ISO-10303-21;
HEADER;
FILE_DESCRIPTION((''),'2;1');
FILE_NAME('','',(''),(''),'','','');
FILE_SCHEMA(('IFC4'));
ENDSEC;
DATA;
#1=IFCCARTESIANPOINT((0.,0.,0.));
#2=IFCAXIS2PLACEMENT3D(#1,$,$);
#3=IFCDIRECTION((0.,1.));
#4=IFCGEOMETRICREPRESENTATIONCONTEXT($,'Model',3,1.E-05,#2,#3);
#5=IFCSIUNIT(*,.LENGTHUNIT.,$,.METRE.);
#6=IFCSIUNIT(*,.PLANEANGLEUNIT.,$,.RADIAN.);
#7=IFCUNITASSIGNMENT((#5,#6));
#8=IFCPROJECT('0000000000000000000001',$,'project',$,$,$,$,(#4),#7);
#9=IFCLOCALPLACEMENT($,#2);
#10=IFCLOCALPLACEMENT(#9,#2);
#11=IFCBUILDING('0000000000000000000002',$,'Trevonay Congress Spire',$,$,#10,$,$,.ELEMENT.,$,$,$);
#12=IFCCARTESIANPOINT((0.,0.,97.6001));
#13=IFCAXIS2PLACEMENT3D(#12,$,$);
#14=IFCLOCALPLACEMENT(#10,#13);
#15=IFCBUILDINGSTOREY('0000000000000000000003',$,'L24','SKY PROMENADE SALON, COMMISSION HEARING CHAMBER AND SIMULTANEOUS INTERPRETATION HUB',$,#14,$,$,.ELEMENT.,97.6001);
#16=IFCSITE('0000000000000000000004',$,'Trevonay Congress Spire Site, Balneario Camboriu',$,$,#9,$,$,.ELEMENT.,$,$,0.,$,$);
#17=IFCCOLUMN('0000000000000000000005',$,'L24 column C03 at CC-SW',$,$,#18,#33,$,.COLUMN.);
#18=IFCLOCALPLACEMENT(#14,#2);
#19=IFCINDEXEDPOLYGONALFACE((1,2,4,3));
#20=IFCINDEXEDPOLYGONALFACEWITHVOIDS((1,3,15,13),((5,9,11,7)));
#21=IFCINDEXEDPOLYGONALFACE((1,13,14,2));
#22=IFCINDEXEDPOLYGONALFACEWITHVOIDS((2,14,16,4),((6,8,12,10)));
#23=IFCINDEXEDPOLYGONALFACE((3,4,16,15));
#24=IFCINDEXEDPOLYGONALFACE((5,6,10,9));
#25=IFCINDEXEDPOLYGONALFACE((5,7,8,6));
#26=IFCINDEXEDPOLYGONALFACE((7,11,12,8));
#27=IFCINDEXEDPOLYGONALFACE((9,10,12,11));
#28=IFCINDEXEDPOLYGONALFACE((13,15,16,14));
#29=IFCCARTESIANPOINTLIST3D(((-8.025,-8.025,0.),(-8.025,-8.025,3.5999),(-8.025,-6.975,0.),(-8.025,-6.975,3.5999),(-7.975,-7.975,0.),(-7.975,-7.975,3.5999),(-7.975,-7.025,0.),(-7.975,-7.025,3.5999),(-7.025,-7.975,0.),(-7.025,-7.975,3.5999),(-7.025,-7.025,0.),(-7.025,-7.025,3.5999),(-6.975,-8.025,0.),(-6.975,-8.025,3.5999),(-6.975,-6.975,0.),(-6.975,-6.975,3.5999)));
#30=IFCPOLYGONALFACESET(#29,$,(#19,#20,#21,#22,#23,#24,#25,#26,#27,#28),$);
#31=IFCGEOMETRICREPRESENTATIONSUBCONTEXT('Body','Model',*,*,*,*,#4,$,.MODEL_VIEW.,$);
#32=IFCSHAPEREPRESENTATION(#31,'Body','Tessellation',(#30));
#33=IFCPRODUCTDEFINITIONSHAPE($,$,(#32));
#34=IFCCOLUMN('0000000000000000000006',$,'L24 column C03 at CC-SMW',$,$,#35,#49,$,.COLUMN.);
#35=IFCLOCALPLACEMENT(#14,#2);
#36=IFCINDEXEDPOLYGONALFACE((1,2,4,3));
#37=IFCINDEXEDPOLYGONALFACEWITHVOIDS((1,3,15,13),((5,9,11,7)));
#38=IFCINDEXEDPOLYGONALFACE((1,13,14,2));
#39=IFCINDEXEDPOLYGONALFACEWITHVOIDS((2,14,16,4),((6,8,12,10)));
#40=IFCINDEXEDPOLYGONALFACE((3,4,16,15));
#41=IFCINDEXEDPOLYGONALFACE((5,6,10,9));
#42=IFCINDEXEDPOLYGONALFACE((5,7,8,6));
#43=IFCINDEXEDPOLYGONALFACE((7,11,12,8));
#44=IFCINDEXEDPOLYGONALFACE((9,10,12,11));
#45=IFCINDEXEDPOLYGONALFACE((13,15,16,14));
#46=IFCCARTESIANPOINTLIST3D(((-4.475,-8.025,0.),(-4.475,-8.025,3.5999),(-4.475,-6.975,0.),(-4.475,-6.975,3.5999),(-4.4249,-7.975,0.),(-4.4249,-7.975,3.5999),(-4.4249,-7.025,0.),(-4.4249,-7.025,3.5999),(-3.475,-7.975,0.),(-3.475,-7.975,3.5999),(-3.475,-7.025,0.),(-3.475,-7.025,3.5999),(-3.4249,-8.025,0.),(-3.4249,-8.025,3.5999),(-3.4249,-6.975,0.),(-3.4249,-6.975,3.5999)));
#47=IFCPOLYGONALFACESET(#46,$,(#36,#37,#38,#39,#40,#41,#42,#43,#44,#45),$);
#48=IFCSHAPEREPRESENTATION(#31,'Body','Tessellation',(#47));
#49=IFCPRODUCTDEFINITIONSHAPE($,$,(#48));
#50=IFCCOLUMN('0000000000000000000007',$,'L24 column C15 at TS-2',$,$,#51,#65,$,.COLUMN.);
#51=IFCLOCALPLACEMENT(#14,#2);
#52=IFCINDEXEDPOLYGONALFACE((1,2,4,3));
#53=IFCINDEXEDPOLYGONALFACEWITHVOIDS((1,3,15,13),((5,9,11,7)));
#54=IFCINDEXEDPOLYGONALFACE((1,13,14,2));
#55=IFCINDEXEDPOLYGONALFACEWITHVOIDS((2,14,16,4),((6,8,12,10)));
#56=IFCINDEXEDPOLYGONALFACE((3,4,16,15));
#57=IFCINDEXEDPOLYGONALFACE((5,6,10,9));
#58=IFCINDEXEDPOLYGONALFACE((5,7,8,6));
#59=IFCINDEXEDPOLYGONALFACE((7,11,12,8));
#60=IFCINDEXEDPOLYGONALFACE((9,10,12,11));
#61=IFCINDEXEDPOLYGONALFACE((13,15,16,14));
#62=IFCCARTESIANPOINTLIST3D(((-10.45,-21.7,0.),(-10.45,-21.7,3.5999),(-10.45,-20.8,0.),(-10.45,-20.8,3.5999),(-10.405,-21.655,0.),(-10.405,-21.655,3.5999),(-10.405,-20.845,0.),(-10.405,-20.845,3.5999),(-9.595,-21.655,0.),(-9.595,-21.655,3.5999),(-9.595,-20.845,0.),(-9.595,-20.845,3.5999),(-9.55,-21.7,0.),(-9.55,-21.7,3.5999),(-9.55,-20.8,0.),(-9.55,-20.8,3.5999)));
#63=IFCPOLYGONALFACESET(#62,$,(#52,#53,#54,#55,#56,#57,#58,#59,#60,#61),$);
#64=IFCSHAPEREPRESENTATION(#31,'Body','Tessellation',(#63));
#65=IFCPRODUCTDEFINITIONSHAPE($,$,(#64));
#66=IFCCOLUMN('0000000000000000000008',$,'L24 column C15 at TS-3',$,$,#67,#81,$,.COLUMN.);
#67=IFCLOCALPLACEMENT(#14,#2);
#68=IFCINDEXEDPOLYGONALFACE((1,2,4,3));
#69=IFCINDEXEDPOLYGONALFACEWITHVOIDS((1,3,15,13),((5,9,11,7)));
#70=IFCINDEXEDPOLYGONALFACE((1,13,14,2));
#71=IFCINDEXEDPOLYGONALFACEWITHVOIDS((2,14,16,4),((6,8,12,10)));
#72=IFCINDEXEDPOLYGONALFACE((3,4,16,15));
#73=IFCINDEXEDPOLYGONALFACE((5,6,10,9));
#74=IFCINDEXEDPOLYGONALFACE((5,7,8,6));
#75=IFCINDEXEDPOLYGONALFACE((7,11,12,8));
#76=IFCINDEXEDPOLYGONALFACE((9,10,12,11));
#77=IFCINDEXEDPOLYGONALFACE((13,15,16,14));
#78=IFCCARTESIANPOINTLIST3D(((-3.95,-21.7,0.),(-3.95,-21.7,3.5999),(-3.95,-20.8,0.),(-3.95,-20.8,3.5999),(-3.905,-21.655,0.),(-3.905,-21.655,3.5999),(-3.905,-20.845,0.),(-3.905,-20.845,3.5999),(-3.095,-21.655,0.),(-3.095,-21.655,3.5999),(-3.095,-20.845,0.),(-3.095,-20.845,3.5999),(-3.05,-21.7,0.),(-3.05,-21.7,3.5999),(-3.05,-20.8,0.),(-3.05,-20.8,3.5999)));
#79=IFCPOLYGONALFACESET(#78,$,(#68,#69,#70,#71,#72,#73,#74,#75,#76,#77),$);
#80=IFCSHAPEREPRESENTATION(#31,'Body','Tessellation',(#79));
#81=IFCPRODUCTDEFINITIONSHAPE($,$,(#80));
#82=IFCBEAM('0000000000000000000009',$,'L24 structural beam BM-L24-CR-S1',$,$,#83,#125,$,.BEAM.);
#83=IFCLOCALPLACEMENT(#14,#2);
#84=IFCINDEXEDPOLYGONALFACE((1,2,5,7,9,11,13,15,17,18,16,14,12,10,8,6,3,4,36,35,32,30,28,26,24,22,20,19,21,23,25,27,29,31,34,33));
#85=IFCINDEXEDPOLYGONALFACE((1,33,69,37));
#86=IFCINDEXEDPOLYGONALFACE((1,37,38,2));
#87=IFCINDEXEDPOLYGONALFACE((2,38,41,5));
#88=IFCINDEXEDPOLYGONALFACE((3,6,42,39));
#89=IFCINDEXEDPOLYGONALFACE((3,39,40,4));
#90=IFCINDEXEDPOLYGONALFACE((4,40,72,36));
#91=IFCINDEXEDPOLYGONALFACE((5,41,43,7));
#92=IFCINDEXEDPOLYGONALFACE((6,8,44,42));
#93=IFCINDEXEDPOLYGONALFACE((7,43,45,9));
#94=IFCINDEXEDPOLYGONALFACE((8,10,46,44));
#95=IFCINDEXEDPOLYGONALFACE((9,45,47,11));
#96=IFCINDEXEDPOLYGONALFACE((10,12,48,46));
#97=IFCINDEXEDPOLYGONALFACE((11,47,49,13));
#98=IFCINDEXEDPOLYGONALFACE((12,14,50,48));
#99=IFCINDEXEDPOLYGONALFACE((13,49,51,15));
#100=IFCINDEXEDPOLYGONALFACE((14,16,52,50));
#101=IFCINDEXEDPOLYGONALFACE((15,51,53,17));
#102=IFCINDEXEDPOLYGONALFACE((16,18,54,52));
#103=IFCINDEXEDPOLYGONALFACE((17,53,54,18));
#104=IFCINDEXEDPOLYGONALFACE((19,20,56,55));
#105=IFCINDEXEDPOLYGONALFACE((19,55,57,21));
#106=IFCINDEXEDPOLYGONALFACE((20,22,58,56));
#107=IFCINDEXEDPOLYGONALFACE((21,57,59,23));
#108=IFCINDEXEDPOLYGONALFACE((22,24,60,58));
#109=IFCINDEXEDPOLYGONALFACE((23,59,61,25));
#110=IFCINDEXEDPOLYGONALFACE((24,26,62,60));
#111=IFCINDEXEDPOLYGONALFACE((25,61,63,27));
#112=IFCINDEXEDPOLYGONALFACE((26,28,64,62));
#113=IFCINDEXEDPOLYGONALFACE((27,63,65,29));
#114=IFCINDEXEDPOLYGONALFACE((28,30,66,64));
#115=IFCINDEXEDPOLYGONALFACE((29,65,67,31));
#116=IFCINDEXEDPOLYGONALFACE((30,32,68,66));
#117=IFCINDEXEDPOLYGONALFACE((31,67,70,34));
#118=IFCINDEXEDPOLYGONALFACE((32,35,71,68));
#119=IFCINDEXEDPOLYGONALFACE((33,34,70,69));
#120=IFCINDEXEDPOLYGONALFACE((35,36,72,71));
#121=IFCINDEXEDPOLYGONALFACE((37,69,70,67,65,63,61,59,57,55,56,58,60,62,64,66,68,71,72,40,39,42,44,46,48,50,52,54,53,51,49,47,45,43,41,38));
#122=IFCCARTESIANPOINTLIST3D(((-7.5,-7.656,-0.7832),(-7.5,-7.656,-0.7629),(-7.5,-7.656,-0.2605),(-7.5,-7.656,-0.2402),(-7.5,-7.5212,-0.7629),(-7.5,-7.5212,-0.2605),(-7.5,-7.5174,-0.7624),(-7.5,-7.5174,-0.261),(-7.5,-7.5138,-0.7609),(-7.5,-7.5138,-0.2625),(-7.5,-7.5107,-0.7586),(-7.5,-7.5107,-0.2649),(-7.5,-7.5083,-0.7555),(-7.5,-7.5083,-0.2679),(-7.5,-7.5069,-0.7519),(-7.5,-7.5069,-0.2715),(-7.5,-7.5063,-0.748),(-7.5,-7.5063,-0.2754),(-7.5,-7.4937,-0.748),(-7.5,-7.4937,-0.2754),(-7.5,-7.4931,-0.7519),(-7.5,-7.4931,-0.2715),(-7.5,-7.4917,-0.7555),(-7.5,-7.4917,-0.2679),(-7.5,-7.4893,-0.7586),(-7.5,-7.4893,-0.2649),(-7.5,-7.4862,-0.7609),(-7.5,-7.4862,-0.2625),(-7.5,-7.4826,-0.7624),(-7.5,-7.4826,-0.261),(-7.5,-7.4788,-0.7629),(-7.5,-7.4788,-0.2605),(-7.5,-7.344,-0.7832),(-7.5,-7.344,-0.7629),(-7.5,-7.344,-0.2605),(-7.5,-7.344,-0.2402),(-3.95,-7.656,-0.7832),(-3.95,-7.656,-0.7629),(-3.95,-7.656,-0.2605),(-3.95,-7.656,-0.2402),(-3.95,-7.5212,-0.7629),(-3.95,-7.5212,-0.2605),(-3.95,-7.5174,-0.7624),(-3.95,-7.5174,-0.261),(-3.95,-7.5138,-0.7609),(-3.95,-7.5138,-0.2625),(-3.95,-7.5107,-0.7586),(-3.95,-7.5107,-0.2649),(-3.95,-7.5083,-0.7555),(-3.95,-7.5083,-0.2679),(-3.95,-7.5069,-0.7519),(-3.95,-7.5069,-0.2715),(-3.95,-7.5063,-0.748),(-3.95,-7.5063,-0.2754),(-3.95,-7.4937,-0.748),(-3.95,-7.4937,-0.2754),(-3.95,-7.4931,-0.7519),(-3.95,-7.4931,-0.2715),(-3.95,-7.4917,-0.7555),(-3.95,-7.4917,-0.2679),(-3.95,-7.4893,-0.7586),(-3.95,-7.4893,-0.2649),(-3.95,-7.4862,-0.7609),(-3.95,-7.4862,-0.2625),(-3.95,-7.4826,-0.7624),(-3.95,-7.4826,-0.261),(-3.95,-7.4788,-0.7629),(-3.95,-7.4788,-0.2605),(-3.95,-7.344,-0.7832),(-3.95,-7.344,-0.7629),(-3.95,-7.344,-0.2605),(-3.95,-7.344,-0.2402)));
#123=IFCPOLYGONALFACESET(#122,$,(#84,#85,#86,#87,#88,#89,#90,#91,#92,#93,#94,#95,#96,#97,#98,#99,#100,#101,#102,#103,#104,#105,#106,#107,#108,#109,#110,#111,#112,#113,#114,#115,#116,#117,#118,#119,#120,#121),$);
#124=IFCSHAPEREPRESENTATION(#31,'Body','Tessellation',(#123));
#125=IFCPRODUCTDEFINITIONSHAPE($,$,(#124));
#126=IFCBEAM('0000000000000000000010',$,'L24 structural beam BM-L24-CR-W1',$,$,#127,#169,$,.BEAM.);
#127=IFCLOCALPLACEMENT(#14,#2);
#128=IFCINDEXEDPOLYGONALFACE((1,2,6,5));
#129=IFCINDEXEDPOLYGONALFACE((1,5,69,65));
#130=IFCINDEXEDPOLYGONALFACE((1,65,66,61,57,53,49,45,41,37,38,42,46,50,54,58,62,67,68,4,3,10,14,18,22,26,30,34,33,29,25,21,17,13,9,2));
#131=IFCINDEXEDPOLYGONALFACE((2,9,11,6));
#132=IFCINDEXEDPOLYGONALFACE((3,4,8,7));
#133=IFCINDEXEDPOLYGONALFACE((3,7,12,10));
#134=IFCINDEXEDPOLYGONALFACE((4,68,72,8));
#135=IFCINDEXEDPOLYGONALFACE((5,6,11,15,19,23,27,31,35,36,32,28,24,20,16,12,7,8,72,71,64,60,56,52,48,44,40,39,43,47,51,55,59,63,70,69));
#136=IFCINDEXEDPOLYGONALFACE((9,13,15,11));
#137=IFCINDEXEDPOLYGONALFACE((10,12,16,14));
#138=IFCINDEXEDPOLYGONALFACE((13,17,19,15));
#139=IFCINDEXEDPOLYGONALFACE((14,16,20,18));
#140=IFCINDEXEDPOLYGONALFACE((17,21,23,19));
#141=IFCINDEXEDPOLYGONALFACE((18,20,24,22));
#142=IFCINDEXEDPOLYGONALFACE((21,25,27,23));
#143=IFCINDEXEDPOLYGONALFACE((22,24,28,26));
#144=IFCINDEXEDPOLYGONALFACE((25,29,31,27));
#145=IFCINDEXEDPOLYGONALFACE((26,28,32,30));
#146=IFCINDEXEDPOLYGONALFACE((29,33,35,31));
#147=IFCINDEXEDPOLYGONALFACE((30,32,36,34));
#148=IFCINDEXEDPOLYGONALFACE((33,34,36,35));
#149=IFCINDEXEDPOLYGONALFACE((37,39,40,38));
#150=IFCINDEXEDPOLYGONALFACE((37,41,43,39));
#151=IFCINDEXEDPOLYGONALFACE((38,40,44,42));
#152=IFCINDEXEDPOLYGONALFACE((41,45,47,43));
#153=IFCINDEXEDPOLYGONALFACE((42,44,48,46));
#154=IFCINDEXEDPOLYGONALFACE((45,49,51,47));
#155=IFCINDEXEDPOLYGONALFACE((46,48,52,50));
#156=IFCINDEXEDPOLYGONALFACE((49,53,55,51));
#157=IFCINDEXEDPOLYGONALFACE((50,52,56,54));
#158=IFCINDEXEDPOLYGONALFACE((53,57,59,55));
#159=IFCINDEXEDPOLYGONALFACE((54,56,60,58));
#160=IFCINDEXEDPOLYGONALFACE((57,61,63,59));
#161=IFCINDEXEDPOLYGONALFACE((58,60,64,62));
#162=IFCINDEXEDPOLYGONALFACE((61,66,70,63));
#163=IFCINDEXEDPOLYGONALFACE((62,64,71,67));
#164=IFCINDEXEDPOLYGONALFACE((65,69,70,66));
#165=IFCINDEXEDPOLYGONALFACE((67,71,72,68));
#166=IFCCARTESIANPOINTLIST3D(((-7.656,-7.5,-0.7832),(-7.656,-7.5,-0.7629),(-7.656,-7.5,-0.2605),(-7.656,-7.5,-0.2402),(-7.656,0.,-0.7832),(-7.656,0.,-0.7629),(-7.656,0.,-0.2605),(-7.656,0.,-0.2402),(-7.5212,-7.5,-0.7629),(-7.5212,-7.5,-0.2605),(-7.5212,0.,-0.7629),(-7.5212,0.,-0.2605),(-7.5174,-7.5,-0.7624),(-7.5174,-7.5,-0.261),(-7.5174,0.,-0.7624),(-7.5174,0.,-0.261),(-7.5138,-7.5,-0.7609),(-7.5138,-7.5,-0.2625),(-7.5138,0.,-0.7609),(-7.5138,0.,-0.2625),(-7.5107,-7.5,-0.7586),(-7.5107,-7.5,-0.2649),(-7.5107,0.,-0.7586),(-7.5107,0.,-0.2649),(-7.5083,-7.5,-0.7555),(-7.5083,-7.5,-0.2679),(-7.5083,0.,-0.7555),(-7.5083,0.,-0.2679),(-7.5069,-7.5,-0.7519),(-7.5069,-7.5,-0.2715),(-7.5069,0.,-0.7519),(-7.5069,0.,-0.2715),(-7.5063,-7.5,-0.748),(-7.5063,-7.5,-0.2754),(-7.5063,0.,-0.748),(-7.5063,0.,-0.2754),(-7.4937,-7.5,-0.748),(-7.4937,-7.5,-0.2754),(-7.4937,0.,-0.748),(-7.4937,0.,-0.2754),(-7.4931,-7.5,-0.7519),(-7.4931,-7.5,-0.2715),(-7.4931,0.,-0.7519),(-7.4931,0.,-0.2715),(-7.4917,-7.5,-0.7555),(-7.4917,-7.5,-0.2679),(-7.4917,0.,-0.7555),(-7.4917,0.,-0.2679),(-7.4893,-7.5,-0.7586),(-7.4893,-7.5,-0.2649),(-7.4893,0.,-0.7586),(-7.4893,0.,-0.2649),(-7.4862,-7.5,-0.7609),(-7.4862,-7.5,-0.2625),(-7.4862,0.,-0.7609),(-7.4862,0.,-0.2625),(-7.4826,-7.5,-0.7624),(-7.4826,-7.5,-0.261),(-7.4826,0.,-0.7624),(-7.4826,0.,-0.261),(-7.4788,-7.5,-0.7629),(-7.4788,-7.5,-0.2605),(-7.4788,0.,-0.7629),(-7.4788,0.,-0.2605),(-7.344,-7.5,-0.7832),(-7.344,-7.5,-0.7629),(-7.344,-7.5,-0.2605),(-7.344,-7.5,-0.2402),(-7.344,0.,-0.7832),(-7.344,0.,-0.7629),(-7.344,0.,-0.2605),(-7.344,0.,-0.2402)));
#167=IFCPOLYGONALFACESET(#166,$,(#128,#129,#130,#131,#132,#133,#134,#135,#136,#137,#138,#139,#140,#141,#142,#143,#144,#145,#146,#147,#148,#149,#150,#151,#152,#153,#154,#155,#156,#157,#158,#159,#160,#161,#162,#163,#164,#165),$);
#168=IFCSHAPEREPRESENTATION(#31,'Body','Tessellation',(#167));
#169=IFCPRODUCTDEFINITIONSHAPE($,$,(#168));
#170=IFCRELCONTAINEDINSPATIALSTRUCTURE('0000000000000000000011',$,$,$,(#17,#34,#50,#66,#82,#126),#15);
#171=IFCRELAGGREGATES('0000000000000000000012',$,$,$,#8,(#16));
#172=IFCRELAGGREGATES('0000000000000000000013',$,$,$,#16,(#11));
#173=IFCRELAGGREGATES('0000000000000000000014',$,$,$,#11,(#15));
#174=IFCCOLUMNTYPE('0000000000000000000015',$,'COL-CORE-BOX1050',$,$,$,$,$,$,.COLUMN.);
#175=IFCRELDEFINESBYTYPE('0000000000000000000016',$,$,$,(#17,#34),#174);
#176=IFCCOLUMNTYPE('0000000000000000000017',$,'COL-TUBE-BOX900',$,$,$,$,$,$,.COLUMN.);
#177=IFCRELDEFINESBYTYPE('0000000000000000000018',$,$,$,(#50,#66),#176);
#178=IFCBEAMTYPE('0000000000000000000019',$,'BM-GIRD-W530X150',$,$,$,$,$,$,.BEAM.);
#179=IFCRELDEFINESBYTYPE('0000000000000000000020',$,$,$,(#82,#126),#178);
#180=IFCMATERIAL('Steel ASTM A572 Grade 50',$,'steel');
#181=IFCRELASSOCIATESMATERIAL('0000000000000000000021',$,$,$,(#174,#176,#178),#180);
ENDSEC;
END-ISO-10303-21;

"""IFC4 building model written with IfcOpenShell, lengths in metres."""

from ifc_helpers import new_model, si_unit, direction, frame, origin, origin_2d, place, context, subcontext, project, spatial, hollow_rectangle, i_section, extrude, material, material_profile, profile_set, type_object, element, save


model = new_model("IFC4")

# Units and contexts
model_context = context("Model", 3, precision=1e-05, world=origin(), true_north=direction((0.0, 1.0)))
body_context = subcontext(model_context, "Body", "Model", "MODEL_VIEW")
ifc_project = project(units=[si_unit("LENGTHUNIT", "METRE"), si_unit("PLANEANGLEUNIT", "RADIAN")], contexts=[model_context])

# Site, building, storey
site_placement = place(None, origin())
site = spatial("IfcSite", under=ifc_project, at=site_placement, Name="Trevonay Congress Spire Site, Balneario Camboriu", CompositionType="ELEMENT", RefElevation=0.0)
building_placement = place(site_placement, origin())
building = spatial("IfcBuilding", under=site, at=building_placement, Name="Trevonay Congress Spire", CompositionType="ELEMENT")
storey_placement = place(building_placement, frame((0.0, 0.0, 97.6001)))
storey = spatial("IfcBuildingStorey", under=building, at=storey_placement, Name="L24", Description="SKY PROMENADE SALON, COMMISSION HEARING CHAMBER AND SIMULTANEOUS INTERPRETATION HUB", CompositionType="ELEMENT", Elevation=97.6001)

# Columns
ifc_material_1 = material(Name="Steel ASTM A572 Grade 50", Category="steel")
ifc_material_profile_1 = material_profile(ifc_material_1, hollow_rectangle(XDim=1.05, YDim=1.05, WallThickness=0.05, at=origin_2d()), Name="BOX 1050x1050x50")
ifc_profile_set_1 = profile_set([ifc_material_profile_1], Name="Steel ASTM A572 Grade 50")
column_type_1 = type_object("IfcColumnType", Name="COL-CORE-BOX1050", PredefinedType="COLUMN", material=ifc_profile_set_1)
for number, where, z_axis, x_axis, name in (
    (1, (-7.5, -7.5, 0.0), (0.0, 0.0, 1.0), (1.0, 0.0, 0.0), "L24 column C03 at CC-SW"),
    (2, (-3.95, -7.5, 0.0), (0.0, 0.0, 1.0), (1.0, 0.0, 0.0), "L24 column C03 at CC-SMW"),
):
    element("IfcColumn", number, at=place(storey_placement, frame(where, z_axis=z_axis, x_axis=x_axis)), inside=storey, type_object=column_type_1, Name=name, PredefinedType="COLUMN", context=body_context, shape_type="SweptSolid", body=[
        extrude(hollow_rectangle(XDim=1.05, YDim=1.05, WallThickness=0.05, at=origin_2d()), origin(), (0.0, 0.0, 1.0), 3.5999),
    ])
ifc_material_profile_2 = material_profile(ifc_material_1, hollow_rectangle(XDim=0.8999, YDim=0.8999, WallThickness=0.0449, at=origin_2d()), Name="BOX 900x900x45")
ifc_profile_set_2 = profile_set([ifc_material_profile_2], Name="Steel ASTM A572 Grade 50")
column_type_2 = type_object("IfcColumnType", Name="COL-TUBE-BOX900", PredefinedType="COLUMN", material=ifc_profile_set_2)
for number, where, z_axis, x_axis, name in (
    (3, (-10.0, -21.25, 0.0), (0.0, 0.0, 1.0), (1.0, 0.0, 0.0), "L24 column C15 at TS-2"),
    (4, (-3.5, -21.25, 0.0), (0.0, 0.0, 1.0), (1.0, 0.0, 0.0), "L24 column C15 at TS-3"),
):
    element("IfcColumn", number, at=place(storey_placement, frame(where, z_axis=z_axis, x_axis=x_axis)), inside=storey, type_object=column_type_2, Name=name, PredefinedType="COLUMN", context=body_context, shape_type="SweptSolid", body=[
        extrude(hollow_rectangle(XDim=0.8999, YDim=0.8999, WallThickness=0.0449, at=origin_2d()), origin(), (0.0, 0.0, 1.0), 3.5999),
    ])

# Beams
ifc_material_profile_3 = material_profile(ifc_material_1, i_section(OverallWidth=0.312, OverallDepth=0.543, WebThickness=0.0127, FlangeThickness=0.0203, FilletRadius=0.0149, at=origin_2d()), Name="W530x150")
ifc_profile_set_3 = profile_set([ifc_material_profile_3], Name="Steel ASTM A572 Grade 50")
beam_type_1 = type_object("IfcBeamType", Name="BM-GIRD-W530X150", PredefinedType="BEAM", material=ifc_profile_set_3)
beam_1_placement = place(storey_placement, frame((-7.5, -7.5, -0.5117), z_axis=(1.0, 0.0, 0.0), x_axis=(0.0, 1.0, 0.0)))
element("IfcBeam", 5, at=beam_1_placement, inside=storey, type_object=beam_type_1, Name="L24 structural beam BM-L24-CR-S1", PredefinedType="BEAM", context=body_context, shape_type="SweptSolid", body=[
    extrude(i_section(OverallWidth=0.312, OverallDepth=0.543, WebThickness=0.0127, FlangeThickness=0.0203, FilletRadius=0.0149, at=origin_2d()), origin(), (0.0, 0.0, 1.0), 3.55),
])
beam_2_placement = place(storey_placement, frame((-7.5, -7.5, -0.5117), z_axis=(0.0, 1.0, 0.0), x_axis=(-1.0, 0.0, 0.0)))
element("IfcBeam", 6, at=beam_2_placement, inside=storey, type_object=beam_type_1, Name="L24 structural beam BM-L24-CR-W1", PredefinedType="BEAM", context=body_context, shape_type="SweptSolid", body=[
    extrude(i_section(OverallWidth=0.312, OverallDepth=0.543, WebThickness=0.0127, FlangeThickness=0.0203, FilletRadius=0.0149, at=origin_2d()), origin(), (0.0, 0.0, 1.0), 7.5),
])

save(model, "model.ifc")
